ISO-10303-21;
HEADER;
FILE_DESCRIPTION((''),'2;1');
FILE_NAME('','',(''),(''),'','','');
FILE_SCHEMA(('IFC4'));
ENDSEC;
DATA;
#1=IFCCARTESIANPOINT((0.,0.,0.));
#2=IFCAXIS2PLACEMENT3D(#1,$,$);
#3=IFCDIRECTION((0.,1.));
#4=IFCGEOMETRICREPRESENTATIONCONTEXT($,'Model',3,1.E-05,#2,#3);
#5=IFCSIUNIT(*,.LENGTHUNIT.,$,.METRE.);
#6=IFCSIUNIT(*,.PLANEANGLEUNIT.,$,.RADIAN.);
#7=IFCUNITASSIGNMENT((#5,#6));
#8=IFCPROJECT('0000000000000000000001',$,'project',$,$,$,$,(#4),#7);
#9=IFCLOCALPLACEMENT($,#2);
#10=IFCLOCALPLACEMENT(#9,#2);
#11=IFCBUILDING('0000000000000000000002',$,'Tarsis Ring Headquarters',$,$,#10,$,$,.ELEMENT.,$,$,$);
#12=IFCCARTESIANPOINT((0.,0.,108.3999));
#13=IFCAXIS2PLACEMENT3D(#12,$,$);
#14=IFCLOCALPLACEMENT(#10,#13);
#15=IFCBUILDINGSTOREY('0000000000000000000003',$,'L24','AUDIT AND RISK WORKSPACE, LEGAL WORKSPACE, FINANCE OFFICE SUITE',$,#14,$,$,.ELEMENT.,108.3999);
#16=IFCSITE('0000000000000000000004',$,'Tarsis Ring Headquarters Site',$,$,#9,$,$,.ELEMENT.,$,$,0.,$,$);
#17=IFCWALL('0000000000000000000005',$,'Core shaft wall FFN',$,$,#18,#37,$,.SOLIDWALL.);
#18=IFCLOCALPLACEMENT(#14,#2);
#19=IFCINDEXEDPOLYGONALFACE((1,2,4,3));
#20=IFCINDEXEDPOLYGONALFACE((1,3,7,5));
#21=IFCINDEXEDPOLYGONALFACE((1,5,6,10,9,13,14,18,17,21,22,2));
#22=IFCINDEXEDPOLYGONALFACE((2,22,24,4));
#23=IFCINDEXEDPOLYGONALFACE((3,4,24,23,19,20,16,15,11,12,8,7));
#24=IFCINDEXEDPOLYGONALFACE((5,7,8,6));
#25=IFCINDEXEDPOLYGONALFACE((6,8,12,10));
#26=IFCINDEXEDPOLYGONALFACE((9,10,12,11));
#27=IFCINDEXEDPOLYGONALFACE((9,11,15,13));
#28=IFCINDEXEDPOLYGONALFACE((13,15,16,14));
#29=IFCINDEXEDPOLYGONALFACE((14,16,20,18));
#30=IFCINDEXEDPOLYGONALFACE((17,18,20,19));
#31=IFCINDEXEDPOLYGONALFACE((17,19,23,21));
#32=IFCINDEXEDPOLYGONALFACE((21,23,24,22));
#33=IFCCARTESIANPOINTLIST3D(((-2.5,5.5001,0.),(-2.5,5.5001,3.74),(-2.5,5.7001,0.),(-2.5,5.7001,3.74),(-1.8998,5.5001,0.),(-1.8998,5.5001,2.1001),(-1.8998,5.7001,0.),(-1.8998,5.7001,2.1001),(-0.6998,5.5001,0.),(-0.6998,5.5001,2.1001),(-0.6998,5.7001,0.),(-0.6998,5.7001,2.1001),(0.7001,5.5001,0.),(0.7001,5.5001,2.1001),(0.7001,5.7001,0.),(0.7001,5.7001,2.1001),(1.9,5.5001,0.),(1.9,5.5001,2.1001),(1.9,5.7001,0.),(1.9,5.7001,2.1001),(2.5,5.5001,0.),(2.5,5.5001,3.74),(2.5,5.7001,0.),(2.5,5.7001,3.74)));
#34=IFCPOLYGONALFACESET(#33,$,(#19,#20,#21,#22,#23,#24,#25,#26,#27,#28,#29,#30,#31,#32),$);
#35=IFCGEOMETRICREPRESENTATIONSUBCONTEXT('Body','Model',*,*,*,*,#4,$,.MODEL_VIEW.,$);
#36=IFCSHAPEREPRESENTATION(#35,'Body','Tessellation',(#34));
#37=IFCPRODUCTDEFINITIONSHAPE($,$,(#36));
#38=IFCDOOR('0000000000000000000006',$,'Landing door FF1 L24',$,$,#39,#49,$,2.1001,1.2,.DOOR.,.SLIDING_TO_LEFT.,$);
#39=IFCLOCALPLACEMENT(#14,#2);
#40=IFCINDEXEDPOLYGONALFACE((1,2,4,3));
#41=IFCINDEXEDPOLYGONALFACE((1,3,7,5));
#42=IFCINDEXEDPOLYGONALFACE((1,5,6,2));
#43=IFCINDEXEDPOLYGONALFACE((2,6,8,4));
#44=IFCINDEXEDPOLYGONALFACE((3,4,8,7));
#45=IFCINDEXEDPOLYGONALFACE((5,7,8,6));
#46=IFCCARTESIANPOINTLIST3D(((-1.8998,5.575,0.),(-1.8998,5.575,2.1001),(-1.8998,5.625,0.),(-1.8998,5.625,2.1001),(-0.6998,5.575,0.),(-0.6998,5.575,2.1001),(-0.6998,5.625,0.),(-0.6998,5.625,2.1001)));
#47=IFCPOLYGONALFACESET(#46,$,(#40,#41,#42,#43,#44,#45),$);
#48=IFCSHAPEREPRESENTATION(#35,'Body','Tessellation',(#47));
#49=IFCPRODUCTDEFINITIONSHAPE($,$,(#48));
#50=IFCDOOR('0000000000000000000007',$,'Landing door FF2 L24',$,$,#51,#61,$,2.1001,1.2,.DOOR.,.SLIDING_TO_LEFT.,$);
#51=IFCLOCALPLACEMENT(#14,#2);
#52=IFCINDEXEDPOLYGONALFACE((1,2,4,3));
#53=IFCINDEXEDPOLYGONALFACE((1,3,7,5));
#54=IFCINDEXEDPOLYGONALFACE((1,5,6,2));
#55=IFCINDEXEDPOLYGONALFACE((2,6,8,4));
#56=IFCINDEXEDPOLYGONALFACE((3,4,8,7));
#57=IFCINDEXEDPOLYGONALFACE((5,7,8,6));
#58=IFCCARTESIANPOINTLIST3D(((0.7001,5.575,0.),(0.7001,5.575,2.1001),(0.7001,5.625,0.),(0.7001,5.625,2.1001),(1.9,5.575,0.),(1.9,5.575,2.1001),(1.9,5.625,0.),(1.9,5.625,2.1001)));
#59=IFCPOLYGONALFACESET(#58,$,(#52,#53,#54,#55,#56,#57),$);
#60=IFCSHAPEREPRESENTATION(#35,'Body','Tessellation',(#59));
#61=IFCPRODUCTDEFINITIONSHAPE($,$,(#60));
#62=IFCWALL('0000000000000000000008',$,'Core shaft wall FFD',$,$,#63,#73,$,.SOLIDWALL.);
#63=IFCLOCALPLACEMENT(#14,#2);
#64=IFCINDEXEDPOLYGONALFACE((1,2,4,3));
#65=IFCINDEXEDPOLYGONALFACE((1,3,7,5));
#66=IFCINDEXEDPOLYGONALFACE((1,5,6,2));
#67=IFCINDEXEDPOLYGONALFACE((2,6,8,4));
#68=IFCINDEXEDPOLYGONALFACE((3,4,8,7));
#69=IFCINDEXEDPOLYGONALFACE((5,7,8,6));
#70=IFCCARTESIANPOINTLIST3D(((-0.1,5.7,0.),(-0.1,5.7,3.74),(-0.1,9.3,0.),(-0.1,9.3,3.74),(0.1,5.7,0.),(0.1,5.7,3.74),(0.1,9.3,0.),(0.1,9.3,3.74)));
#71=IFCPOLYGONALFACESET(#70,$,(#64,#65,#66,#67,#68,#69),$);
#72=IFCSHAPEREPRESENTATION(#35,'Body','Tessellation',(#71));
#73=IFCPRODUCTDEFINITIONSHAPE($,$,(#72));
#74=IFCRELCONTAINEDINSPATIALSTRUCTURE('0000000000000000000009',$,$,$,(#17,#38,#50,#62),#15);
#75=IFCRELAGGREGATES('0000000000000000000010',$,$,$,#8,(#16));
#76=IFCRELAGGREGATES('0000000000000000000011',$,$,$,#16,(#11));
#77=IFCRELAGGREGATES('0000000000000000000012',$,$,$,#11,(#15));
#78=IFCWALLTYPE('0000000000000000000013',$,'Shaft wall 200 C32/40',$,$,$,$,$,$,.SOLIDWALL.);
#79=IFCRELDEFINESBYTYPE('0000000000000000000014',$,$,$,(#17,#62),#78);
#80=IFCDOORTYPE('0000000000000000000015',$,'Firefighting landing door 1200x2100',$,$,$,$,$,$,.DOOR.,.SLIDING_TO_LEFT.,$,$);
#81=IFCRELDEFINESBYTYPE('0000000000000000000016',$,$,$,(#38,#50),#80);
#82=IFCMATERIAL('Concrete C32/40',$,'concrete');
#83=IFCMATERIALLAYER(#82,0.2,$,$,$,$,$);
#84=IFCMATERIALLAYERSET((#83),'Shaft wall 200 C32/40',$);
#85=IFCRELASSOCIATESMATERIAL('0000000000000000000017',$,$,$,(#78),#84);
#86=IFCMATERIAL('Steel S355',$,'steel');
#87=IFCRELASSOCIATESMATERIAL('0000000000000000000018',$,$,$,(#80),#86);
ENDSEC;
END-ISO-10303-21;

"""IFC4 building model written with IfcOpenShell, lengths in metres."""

from ifc_helpers import new_model, si_unit, direction, frame, frame_2d, origin, place, context, subcontext, project, spatial, rectangle, extrude, material, layer, layer_set, type_object, element, fill, save


model = new_model("IFC4")

# Units and contexts
model_context = context("Model", 3, precision=1e-05, world=origin(), true_north=direction((0.0, 1.0)))
body_context = subcontext(model_context, "Body", "Model", "MODEL_VIEW")
ifc_project = project(units=[si_unit("LENGTHUNIT", "METRE"), si_unit("PLANEANGLEUNIT", "RADIAN")], contexts=[model_context])

# Site, building, storey
site_placement = place(None, origin())
site = spatial("IfcSite", under=ifc_project, at=site_placement, Name="Tarsis Ring Headquarters Site", CompositionType="ELEMENT", RefElevation=0.0)
building_placement = place(site_placement, origin())
building = spatial("IfcBuilding", under=site, at=building_placement, Name="Tarsis Ring Headquarters", CompositionType="ELEMENT")
storey_placement = place(building_placement, frame((0.0, 0.0, 108.3999)))
storey = spatial("IfcBuildingStorey", under=building, at=storey_placement, Name="L24", Description="AUDIT AND RISK WORKSPACE, LEGAL WORKSPACE, FINANCE OFFICE SUITE", CompositionType="ELEMENT", Elevation=108.3999)

# Shared definitions
ifc_material_1 = material(Name="Concrete C32/40", Category="concrete")
ifc_layer_1 = layer(ifc_material_1, 0.2)
ifc_layer_set_1 = layer_set([ifc_layer_1], Name="Shaft wall 200 C32/40")
wall_type_1 = type_object("IfcWallType", Name="Shaft wall 200 C32/40", PredefinedType="SOLIDWALL", material=ifc_layer_set_1)
ifc_material_2 = material(Name="Steel S355", Category="steel")

# Wall, openings, doors
wall_1_placement = place(storey_placement, frame((-2.5, 5.6001, 0.0), z_axis=(0.0, 0.0, 1.0), x_axis=(1.0, 0.0, 0.0)))
wall_1 = element("IfcWall", 1, at=wall_1_placement, inside=storey, type_object=wall_type_1, Name="Core shaft wall FFN", PredefinedType="SOLIDWALL", context=body_context, shape_type="SweptSolid", body=[
    extrude(rectangle(XDim=5.0, YDim=0.2, at=frame_2d((2.5, 0.0))), origin(), (0.0, 0.0, 1.0), 3.74),
])
opening_1_placement = place(wall_1_placement, frame((0.6001, 0.0, 0.0)))
opening_1 = element("IfcOpeningElement", 2, at=opening_1_placement, cuts=wall_1, PredefinedType="OPENING", context=body_context, shape_type="SweptSolid", body=[
    extrude(rectangle(XDim=1.2, YDim=2.1001, at=frame_2d((0.6001, 1.05))), frame((0.0, 0.1099, 0.0), z_axis=(0.0, -1.0, 0.0), x_axis=(1.0, 0.0, 0.0)), (0.0, 0.0, 1.0), 0.22),
])
opening_2_placement = place(wall_1_placement, frame((3.2, 0.0, 0.0)))
opening_2 = element("IfcOpeningElement", 3, at=opening_2_placement, cuts=wall_1, PredefinedType="OPENING", context=body_context, shape_type="SweptSolid", body=[
    extrude(rectangle(XDim=1.2, YDim=2.1001, at=frame_2d((0.6001, 1.05))), frame((0.0, 0.1099, 0.0), z_axis=(0.0, -1.0, 0.0), x_axis=(1.0, 0.0, 0.0)), (0.0, 0.0, 1.0), 0.22),
])
door_type_1 = type_object("IfcDoorType", Name="Firefighting landing door 1200x2100", OperationType="SLIDING_TO_LEFT", PredefinedType="DOOR", material=ifc_material_2)
door_1_placement = place(opening_1_placement, origin())
door_1 = element("IfcDoor", 4, at=door_1_placement, inside=storey, type_object=door_type_1, Name="Landing door FF1 L24", OperationType="SLIDING_TO_LEFT", OverallHeight=2.1001, OverallWidth=1.2, PredefinedType="DOOR", context=body_context, shape_type="SweptSolid", body=[
    extrude(rectangle(XDim=1.2, YDim=2.1001, at=frame_2d((0.6001, 1.05))), frame((0.0, 0.0249, 0.0), z_axis=(0.0, -1.0, 0.0), x_axis=(1.0, 0.0, 0.0)), (0.0, 0.0, 1.0), 0.05),
])
fill(opening_1, door_1)
door_2_placement = place(opening_2_placement, origin())
door_2 = element("IfcDoor", 5, at=door_2_placement, inside=storey, type_object=door_type_1, Name="Landing door FF2 L24", OperationType="SLIDING_TO_LEFT", OverallHeight=2.1001, OverallWidth=1.2, PredefinedType="DOOR", context=body_context, shape_type="SweptSolid", body=[
    extrude(rectangle(XDim=1.2, YDim=2.1001, at=frame_2d((0.6001, 1.05))), frame((0.0, 0.0249, 0.0), z_axis=(0.0, -1.0, 0.0), x_axis=(1.0, 0.0, 0.0)), (0.0, 0.0, 1.0), 0.05),
])
fill(opening_2, door_2)

# Wall
wall_2_placement = place(storey_placement, frame((0.0, 5.7, 0.0), z_axis=(0.0, 0.0, 1.0), x_axis=(0.0, 1.0, 0.0)))
element("IfcWall", 6, at=wall_2_placement, inside=storey, type_object=wall_type_1, Name="Core shaft wall FFD", PredefinedType="SOLIDWALL", context=body_context, shape_type="SweptSolid", body=[
    extrude(rectangle(XDim=3.6001, YDim=0.2, at=frame_2d((1.8, 0.0))), origin(), (0.0, 0.0, 1.0), 3.74),
])

save(model, "model.ifc")
